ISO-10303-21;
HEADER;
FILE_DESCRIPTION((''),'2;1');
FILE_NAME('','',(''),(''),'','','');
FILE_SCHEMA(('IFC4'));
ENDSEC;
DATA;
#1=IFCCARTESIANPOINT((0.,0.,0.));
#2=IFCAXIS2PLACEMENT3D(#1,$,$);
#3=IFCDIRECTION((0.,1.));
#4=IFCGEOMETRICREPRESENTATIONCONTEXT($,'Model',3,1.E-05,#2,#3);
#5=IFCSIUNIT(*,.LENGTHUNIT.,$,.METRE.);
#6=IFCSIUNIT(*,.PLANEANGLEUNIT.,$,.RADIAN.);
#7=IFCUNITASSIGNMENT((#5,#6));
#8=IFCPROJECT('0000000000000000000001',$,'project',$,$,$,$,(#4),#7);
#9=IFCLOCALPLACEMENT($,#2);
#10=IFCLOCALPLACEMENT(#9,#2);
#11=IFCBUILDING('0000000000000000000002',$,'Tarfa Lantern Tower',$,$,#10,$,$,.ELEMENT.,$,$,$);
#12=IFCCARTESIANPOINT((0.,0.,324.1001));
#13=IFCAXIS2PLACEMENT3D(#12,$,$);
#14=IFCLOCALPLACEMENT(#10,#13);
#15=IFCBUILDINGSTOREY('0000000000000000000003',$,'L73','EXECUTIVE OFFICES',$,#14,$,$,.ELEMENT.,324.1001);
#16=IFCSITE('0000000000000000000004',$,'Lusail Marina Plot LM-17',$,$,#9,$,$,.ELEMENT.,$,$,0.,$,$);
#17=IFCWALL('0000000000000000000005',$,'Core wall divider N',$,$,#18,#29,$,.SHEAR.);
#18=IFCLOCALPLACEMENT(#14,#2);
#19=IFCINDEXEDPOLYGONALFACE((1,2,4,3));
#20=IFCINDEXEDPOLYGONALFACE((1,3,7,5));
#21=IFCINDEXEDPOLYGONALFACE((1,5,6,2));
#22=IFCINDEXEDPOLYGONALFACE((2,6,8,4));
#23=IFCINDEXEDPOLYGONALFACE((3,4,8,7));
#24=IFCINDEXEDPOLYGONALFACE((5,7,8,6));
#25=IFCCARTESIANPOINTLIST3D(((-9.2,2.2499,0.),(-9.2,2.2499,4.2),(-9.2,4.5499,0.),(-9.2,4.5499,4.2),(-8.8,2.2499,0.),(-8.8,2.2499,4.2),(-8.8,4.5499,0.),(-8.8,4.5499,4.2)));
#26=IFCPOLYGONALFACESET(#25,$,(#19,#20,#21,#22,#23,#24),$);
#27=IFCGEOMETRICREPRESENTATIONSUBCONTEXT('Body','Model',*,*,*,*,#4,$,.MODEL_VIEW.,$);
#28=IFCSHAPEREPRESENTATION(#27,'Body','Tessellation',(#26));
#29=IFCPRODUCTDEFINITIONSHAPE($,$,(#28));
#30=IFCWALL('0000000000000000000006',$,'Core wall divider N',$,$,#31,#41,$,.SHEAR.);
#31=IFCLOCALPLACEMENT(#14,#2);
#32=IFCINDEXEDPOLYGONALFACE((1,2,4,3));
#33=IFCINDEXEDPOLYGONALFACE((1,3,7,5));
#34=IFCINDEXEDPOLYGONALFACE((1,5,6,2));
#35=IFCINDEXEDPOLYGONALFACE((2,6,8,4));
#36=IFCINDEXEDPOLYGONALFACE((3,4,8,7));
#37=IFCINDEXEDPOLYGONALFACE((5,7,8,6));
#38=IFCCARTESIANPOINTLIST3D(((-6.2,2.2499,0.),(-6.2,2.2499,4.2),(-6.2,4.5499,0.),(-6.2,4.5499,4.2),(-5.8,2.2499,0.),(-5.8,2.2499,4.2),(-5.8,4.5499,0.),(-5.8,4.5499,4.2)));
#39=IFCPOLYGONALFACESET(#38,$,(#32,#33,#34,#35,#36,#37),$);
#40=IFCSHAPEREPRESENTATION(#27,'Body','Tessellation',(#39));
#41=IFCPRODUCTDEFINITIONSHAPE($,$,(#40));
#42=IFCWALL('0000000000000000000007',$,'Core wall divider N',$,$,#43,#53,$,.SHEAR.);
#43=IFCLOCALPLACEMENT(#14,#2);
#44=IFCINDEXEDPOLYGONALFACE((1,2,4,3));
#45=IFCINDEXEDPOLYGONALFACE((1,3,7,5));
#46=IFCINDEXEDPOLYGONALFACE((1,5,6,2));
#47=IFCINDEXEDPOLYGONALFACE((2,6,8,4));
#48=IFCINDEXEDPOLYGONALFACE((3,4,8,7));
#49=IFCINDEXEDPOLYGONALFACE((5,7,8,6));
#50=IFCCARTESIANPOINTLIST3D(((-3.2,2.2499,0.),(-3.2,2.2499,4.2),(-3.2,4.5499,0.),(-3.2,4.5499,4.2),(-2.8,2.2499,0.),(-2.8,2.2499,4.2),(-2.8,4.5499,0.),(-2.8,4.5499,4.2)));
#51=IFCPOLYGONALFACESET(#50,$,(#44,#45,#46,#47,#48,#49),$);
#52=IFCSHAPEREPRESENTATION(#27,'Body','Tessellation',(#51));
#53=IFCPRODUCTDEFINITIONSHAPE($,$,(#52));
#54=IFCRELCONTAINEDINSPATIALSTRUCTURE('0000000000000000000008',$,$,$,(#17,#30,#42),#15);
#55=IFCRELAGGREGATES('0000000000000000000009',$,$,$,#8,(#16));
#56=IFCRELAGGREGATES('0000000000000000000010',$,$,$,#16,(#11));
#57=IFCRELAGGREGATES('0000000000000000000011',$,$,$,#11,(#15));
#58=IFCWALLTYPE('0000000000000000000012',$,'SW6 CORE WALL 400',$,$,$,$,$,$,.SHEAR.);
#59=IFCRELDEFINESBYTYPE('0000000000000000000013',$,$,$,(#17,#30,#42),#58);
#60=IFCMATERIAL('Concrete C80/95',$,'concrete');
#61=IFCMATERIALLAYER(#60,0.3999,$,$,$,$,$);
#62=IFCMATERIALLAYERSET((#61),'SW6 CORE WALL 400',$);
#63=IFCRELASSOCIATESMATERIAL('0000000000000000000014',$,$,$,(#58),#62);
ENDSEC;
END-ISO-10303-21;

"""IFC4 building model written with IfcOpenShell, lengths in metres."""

from ifc_helpers import new_model, si_unit, direction, frame, frame_2d, origin, place, context, subcontext, project, spatial, rectangle, extrude, material, layer, layer_set, type_object, element, save


model = new_model("IFC4")

# Units and contexts
model_context = context("Model", 3, precision=1e-05, world=origin(), true_north=direction((0.0, 1.0)))
body_context = subcontext(model_context, "Body", "Model", "MODEL_VIEW")
ifc_project = project(units=[si_unit("LENGTHUNIT", "METRE"), si_unit("PLANEANGLEUNIT", "RADIAN")], contexts=[model_context])

# Site, building, storey
site_placement = place(None, origin())
site = spatial("IfcSite", under=ifc_project, at=site_placement, Name="Lusail Marina Plot LM-17", CompositionType="ELEMENT", RefElevation=0.0)
building_placement = place(site_placement, origin())
building = spatial("IfcBuilding", under=site, at=building_placement, Name="Tarfa Lantern Tower", CompositionType="ELEMENT")
storey_placement = place(building_placement, frame((0.0, 0.0, 324.1001)))
storey = spatial("IfcBuildingStorey", under=building, at=storey_placement, Name="L73", Description="EXECUTIVE OFFICES", CompositionType="ELEMENT", Elevation=324.1001)

# Shared definitions
ifc_material_1 = material(Name="Concrete C80/95", Category="concrete")

# Walls
ifc_layer_1 = layer(ifc_material_1, 0.3999)
ifc_layer_set_1 = layer_set([ifc_layer_1], Name="SW6 CORE WALL 400")
wall_type_1 = type_object("IfcWallType", Name="SW6 CORE WALL 400", PredefinedType="SHEAR", material=ifc_layer_set_1)
for number, where, z_axis, x_axis, name in (
    (1, (-9.0, 2.25, 0.0), (0.0, 0.0, 1.0), (0.0, 1.0, 0.0), "Core wall divider N"),
    (2, (-6.0, 2.25, 0.0), (0.0, 0.0, 1.0), (0.0, 1.0, 0.0), "Core wall divider N"),
    (3, (-3.0, 2.25, 0.0), (0.0, 0.0, 1.0), (0.0, 1.0, 0.0), "Core wall divider N"),
):
    element("IfcWall", number, at=place(storey_placement, frame(where, z_axis=z_axis, x_axis=x_axis)), inside=storey, type_object=wall_type_1, Name=name, PredefinedType="SHEAR", context=body_context, shape_type="SweptSolid", body=[
        extrude(rectangle(XDim=2.3, YDim=0.3999, at=frame_2d((1.1499, 0.0))), origin(), (0.0, 0.0, 1.0), 4.2),
    ])

save(model, "model.ifc")
